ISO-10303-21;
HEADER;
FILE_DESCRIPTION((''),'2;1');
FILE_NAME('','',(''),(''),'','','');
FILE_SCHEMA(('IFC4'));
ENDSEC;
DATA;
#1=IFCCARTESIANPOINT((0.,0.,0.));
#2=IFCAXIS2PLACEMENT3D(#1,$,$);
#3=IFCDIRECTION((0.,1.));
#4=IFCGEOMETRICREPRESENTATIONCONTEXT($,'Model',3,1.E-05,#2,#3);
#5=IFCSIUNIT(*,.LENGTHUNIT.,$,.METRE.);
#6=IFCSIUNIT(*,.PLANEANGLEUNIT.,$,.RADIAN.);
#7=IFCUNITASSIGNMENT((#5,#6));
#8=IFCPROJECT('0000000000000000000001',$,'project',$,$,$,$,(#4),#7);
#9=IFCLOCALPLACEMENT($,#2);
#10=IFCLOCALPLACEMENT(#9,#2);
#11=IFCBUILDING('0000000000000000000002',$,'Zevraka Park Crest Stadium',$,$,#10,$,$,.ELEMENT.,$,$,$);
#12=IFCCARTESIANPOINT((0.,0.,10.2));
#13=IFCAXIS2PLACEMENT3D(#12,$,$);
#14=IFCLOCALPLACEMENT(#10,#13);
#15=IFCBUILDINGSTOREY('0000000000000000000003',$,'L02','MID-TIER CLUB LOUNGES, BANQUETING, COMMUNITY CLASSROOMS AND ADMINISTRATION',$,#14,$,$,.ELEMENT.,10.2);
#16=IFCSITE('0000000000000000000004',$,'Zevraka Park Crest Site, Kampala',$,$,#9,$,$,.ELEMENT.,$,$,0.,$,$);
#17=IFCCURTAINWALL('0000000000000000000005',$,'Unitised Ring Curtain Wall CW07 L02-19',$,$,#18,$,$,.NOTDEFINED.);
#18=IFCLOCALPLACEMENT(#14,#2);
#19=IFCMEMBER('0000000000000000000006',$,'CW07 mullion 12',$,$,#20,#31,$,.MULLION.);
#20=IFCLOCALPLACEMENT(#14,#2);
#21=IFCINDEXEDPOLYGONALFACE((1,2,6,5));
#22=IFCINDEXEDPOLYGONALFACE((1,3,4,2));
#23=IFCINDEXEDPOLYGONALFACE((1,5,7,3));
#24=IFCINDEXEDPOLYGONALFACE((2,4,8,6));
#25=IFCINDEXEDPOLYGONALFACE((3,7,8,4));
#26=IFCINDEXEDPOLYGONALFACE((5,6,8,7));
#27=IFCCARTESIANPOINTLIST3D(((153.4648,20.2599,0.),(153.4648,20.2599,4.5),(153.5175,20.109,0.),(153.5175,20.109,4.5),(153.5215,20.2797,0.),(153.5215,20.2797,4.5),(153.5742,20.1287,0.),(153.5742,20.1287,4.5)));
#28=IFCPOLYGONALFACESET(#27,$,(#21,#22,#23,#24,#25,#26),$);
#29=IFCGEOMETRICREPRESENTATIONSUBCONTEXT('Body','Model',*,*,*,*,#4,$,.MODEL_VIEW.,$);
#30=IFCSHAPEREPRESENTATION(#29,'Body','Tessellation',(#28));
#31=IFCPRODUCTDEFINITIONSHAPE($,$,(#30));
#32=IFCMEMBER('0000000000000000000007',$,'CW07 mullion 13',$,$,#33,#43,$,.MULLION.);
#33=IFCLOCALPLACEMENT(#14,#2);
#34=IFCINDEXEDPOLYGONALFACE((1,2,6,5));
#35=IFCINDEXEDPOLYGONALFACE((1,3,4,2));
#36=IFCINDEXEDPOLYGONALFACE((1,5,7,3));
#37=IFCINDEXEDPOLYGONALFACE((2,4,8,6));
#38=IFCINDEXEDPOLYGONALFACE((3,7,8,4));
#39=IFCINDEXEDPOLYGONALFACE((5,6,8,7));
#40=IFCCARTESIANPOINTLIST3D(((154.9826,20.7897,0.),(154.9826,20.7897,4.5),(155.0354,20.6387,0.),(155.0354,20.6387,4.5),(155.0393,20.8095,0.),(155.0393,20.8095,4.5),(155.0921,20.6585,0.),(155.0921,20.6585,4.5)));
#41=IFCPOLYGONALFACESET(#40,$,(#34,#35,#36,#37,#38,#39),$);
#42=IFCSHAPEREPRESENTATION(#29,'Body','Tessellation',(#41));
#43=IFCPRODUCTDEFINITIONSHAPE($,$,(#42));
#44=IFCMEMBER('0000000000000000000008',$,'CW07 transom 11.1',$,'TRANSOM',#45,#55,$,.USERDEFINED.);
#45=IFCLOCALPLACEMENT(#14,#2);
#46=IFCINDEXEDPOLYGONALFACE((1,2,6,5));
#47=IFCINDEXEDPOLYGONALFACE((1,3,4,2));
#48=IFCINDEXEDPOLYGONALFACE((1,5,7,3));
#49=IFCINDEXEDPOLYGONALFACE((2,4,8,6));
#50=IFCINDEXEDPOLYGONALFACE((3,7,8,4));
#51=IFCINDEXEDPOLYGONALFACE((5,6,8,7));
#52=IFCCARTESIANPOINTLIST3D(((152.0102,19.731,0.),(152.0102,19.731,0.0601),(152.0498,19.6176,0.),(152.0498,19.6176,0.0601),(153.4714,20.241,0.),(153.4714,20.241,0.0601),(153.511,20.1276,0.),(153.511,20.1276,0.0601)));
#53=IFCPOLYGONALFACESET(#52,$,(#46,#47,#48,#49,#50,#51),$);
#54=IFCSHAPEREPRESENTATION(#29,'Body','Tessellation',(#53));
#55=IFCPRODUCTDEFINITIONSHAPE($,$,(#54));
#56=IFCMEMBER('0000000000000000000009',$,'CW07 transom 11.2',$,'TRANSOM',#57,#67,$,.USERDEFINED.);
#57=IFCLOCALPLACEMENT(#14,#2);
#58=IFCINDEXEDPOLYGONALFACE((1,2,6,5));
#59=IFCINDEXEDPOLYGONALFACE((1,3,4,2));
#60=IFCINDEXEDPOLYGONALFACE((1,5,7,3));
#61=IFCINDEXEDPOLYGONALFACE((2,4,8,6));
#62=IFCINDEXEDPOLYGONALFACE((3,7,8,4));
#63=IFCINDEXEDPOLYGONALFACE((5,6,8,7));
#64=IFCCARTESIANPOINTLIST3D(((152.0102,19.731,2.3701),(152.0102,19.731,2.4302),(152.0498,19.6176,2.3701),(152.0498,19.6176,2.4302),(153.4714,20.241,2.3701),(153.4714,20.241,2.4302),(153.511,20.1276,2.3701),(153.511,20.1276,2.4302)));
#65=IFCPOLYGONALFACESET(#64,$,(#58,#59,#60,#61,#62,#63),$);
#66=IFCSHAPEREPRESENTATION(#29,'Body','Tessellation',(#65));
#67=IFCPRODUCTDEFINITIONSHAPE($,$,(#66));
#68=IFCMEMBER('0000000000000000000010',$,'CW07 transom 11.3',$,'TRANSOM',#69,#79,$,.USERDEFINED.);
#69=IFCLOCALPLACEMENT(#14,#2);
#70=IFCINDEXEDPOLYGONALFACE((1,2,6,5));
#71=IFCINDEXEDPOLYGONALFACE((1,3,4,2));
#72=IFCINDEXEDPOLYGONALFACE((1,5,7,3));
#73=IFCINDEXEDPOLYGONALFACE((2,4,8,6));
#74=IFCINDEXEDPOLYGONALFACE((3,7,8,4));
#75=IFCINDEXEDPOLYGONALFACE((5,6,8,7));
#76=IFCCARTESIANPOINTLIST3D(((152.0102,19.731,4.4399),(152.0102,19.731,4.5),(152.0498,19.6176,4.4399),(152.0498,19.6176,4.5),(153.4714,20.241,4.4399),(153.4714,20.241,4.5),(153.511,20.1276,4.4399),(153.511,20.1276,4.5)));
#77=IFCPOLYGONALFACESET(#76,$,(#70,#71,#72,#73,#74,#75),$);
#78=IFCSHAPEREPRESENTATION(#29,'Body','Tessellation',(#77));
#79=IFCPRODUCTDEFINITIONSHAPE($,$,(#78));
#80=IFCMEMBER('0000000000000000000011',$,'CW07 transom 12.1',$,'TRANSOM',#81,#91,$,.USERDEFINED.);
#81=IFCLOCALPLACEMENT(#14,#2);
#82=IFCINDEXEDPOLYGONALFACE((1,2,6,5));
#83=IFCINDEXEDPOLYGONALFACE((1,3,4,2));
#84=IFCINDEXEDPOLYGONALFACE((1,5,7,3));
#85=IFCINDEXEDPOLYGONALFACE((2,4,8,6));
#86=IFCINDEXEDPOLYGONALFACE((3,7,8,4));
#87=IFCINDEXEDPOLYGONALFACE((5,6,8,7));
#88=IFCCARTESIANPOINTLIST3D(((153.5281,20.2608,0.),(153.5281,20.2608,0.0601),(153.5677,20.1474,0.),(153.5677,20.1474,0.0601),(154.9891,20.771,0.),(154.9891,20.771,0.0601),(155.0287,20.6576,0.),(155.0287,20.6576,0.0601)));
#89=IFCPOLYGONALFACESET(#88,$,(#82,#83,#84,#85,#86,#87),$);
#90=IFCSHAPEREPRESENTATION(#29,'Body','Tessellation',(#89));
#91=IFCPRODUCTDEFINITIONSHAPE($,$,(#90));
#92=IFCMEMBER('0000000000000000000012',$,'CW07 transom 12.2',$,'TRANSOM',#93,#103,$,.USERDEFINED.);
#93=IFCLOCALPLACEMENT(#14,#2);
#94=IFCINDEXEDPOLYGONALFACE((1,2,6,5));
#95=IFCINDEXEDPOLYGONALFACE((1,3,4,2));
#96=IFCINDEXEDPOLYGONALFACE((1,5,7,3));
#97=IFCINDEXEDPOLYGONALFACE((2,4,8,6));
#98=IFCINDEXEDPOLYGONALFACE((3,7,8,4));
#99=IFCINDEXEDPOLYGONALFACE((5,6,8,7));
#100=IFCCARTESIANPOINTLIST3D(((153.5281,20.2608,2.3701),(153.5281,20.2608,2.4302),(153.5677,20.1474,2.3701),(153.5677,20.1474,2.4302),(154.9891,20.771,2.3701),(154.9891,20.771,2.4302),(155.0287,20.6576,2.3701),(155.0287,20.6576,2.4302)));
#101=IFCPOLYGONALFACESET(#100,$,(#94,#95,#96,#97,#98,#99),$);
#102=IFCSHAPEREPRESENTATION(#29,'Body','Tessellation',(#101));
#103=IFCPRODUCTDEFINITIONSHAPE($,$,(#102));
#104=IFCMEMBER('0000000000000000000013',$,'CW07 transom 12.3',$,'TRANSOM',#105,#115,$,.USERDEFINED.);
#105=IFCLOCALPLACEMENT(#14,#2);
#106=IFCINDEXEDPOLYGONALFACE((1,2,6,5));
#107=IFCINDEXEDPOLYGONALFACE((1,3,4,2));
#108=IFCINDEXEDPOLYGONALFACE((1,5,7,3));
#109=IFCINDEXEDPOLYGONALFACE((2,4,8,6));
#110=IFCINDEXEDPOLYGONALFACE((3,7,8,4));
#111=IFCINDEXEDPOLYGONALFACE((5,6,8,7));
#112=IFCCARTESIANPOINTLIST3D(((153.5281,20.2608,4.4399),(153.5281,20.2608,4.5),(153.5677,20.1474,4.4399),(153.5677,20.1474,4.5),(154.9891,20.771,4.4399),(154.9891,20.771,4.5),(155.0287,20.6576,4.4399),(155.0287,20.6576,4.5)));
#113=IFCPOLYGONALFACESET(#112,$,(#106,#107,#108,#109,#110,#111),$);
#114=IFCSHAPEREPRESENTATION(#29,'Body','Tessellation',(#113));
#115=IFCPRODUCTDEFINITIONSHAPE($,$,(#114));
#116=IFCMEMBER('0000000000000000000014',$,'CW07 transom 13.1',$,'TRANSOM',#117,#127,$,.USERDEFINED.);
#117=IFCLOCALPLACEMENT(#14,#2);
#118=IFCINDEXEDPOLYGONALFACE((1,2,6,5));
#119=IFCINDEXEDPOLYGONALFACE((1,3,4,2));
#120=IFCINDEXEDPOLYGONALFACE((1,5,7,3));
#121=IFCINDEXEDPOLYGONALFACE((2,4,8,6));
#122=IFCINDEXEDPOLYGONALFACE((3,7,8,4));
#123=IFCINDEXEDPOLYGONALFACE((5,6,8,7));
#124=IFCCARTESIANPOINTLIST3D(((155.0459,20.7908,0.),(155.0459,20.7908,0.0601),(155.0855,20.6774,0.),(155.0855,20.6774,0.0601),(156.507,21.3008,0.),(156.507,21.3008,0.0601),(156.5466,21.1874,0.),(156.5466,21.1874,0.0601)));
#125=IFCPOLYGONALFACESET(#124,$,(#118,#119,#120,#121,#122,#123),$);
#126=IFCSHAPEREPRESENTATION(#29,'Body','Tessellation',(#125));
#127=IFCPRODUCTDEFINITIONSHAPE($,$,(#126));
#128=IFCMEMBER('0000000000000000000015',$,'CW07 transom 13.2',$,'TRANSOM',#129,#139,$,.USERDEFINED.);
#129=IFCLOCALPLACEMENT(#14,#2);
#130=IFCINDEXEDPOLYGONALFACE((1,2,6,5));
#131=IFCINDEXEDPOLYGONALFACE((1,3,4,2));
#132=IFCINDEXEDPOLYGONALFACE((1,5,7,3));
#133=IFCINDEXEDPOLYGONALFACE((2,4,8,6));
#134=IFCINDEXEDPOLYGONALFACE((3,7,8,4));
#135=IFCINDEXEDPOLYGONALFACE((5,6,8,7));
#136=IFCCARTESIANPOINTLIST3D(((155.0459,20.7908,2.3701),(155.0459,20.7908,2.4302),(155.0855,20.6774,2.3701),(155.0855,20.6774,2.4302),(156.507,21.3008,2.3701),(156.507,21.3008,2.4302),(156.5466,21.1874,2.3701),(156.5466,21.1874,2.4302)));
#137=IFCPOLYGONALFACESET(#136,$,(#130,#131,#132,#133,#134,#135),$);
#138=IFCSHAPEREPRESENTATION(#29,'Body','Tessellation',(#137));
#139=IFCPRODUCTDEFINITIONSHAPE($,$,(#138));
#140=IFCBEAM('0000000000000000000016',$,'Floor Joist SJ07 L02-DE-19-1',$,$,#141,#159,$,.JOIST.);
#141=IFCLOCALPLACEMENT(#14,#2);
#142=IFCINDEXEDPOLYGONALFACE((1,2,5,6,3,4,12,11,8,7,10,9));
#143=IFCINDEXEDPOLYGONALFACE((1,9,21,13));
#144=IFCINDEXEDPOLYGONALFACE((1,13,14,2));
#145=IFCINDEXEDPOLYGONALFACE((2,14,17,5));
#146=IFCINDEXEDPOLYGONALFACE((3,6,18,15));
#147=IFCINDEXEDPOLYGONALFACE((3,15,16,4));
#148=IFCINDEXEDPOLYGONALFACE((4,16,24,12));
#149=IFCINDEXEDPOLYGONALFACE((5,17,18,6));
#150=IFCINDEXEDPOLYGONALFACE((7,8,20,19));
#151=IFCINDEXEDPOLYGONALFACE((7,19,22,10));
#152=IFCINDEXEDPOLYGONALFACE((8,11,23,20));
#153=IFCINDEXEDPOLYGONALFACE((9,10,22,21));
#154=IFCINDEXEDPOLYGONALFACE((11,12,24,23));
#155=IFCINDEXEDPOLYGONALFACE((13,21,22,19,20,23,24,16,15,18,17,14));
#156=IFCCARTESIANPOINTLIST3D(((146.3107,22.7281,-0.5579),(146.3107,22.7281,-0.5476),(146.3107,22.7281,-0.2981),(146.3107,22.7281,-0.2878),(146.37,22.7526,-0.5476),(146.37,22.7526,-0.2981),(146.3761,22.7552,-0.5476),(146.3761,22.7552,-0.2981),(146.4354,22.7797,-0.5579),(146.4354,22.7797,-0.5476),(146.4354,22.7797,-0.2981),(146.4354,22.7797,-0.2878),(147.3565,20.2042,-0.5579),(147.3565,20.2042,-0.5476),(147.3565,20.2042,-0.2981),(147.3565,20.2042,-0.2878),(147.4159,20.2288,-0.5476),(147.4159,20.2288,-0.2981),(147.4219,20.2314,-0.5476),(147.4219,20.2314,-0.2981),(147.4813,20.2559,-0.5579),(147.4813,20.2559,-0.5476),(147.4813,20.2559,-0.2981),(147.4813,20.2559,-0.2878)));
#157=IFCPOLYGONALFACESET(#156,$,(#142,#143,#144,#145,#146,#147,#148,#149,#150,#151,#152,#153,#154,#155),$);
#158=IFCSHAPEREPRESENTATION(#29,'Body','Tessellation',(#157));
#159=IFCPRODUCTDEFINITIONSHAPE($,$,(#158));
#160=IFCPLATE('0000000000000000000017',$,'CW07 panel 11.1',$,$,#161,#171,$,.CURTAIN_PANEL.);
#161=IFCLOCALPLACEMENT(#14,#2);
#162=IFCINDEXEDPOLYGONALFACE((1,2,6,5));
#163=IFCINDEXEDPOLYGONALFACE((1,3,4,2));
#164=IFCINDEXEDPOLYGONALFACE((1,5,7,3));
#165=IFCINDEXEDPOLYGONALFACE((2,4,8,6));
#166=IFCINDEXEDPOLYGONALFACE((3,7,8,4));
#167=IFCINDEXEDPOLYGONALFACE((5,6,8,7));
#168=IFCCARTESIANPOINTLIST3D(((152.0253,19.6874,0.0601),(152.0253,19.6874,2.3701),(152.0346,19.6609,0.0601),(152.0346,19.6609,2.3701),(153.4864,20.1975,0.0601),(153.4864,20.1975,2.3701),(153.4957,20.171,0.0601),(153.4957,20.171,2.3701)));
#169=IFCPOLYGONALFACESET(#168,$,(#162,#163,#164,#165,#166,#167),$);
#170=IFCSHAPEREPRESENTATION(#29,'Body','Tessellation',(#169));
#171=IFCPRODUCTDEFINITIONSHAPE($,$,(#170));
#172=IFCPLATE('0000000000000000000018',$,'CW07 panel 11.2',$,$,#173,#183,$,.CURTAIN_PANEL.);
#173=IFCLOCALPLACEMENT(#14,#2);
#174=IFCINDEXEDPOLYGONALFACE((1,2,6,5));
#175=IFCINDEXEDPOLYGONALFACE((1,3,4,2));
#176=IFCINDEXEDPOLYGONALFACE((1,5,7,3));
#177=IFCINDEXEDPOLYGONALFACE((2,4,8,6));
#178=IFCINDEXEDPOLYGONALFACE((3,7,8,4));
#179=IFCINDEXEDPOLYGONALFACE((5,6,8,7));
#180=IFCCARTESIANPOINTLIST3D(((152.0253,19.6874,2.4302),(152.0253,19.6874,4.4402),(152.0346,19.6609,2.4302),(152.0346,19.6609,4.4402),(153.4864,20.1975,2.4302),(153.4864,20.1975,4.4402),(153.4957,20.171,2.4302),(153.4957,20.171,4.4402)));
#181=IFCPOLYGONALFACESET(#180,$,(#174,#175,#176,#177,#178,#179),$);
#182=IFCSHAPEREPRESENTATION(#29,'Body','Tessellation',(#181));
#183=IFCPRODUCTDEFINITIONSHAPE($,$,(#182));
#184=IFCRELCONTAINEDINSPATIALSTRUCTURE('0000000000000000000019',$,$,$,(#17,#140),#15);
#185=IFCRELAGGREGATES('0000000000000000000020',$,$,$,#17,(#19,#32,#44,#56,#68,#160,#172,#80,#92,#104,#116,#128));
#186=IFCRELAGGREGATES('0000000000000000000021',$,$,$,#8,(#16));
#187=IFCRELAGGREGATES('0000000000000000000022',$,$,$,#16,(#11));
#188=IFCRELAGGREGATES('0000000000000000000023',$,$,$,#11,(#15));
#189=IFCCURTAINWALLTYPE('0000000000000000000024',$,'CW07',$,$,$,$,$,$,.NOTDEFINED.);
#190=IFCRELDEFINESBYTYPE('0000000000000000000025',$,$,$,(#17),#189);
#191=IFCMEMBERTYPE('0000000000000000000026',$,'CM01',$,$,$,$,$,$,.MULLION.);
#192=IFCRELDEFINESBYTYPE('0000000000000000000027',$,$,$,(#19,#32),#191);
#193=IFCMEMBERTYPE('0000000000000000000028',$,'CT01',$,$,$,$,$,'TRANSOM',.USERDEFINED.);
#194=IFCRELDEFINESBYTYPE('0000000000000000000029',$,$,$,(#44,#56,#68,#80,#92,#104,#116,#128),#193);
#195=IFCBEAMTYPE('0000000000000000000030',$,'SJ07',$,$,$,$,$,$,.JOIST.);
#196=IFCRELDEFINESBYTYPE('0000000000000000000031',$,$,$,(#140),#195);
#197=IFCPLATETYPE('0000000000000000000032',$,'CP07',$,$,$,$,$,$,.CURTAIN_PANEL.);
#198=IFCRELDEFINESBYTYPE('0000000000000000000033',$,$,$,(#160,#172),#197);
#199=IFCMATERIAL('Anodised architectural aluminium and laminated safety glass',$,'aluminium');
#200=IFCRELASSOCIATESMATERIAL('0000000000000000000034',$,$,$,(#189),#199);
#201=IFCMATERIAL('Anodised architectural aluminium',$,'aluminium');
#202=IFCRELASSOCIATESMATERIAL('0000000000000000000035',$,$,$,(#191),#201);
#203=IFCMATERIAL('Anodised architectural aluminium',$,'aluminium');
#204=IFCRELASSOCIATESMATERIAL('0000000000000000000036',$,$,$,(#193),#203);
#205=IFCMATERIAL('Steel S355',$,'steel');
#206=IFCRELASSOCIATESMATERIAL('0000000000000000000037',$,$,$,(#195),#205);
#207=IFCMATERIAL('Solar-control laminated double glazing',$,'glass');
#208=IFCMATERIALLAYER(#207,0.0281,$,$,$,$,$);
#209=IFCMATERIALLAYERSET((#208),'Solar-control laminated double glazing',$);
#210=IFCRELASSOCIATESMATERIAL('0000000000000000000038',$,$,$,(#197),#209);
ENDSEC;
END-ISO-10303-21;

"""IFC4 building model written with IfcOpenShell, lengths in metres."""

from ifc_helpers import new_model, si_unit, direction, frame, origin, origin_2d, place, context, subcontext, project, spatial, rectangle, i_section, extrude, material, layer, layer_set, material_profile, profile_set, type_object, element, aggregate, save


model = new_model("IFC4")

# Units and contexts
model_context = context("Model", 3, precision=1e-05, world=origin(), true_north=direction((0.0, 1.0)))
body_context = subcontext(model_context, "Body", "Model", "MODEL_VIEW")
ifc_project = project(units=[si_unit("LENGTHUNIT", "METRE"), si_unit("PLANEANGLEUNIT", "RADIAN")], contexts=[model_context])

# Site, building, storey
site_placement = place(None, origin())
site = spatial("IfcSite", under=ifc_project, at=site_placement, Name="Zevraka Park Crest Site, Kampala", CompositionType="ELEMENT", RefElevation=0.0)
building_placement = place(site_placement, origin())
building = spatial("IfcBuilding", under=site, at=building_placement, Name="Zevraka Park Crest Stadium", CompositionType="ELEMENT")
storey_placement = place(building_placement, frame((0.0, 0.0, 10.2)))
storey = spatial("IfcBuildingStorey", under=building, at=storey_placement, Name="L02", Description="MID-TIER CLUB LOUNGES, BANQUETING, COMMUNITY CLASSROOMS AND ADMINISTRATION", CompositionType="ELEMENT", Elevation=10.2)

# Curtain wall, members
ifc_material_1 = material(Name="Anodised architectural aluminium and laminated safety glass", Category="aluminium")
curtain_wall_type = type_object("IfcCurtainWallType", Name="CW07", PredefinedType="NOTDEFINED", material=ifc_material_1)
curtain_wall_placement = place(storey_placement, origin())
curtain_wall = element("IfcCurtainWall", 1, at=curtain_wall_placement, inside=storey, type_object=curtain_wall_type, Name="Unitised Ring Curtain Wall CW07 L02-19", PredefinedType="NOTDEFINED")
ifc_material_2 = material(Name="Anodised architectural aluminium", Category="aluminium")
ifc_material_profile_1 = material_profile(ifc_material_2, rectangle(XDim=0.1599, YDim=0.0601, at=origin_2d()), Name="ALU MULLION 160x60")
ifc_profile_set_1 = profile_set([ifc_material_profile_1], Name="Anodised architectural aluminium")
member_type_1 = type_object("IfcMemberType", Name="CM01", PredefinedType="MULLION", material=ifc_profile_set_1)
member_1_placement = place(storey_placement, frame((153.5195, 20.1943, 0.0), z_axis=(0.0, 0.0, 1.0), x_axis=(-0.329619, 0.944114, 0.0)))
member_1 = element("IfcMember", 2, at=member_1_placement, type_object=member_type_1, Name="CW07 mullion 12", PredefinedType="MULLION", context=body_context, shape_type="SweptSolid", body=[
    extrude(rectangle(XDim=0.1599, YDim=0.0601, at=origin_2d()), origin(), (0.0, 0.0, 1.0), 4.5),
])
member_2_placement = place(storey_placement, frame((155.0374, 20.7241, 0.0), z_axis=(0.0, 0.0, 1.0), x_axis=(-0.329619, 0.944114, 0.0)))
member_2 = element("IfcMember", 3, at=member_2_placement, type_object=member_type_1, Name="CW07 mullion 13", PredefinedType="MULLION", context=body_context, shape_type="SweptSolid", body=[
    extrude(rectangle(XDim=0.1599, YDim=0.0601, at=origin_2d()), origin(), (0.0, 0.0, 1.0), 4.5),
])
ifc_material_3 = material(Name="Anodised architectural aluminium", Category="aluminium")
ifc_material_profile_2 = material_profile(ifc_material_3, rectangle(XDim=0.1201, YDim=0.0601, at=origin_2d()), Name="ALU TRANSOM 120x60")
ifc_profile_set_2 = profile_set([ifc_material_profile_2], Name="Anodised architectural aluminium")
member_type_2 = type_object("IfcMemberType", Name="CT01", ElementType="TRANSOM", PredefinedType="USERDEFINED", material=ifc_profile_set_2)
member_3_placement = place(storey_placement, frame((152.03, 19.6743, 0.03), z_axis=(0.944141, 0.329542, 0.0), x_axis=(-0.329542, 0.944141, 0.0)))
member_3 = element("IfcMember", 4, at=member_3_placement, type_object=member_type_2, Name="CW07 transom 11.1", ObjectType="TRANSOM", PredefinedType="USERDEFINED", context=body_context, shape_type="SweptSolid", body=[
    extrude(rectangle(XDim=0.1201, YDim=0.0601, at=origin_2d()), origin(), (0.0, 0.0, 1.0), 1.5476),
])
member_4_placement = place(storey_placement, frame((152.03, 19.6743, 2.4001), z_axis=(0.944141, 0.329542, 0.0), x_axis=(-0.329542, 0.944141, 0.0)))
member_4 = element("IfcMember", 5, at=member_4_placement, type_object=member_type_2, Name="CW07 transom 11.2", ObjectType="TRANSOM", PredefinedType="USERDEFINED", context=body_context, shape_type="SweptSolid", body=[
    extrude(rectangle(XDim=0.1201, YDim=0.0601, at=origin_2d()), origin(), (0.0, 0.0, 1.0), 1.5476),
])
member_5_placement = place(storey_placement, frame((152.03, 19.6743, 4.47), z_axis=(0.944141, 0.329542, 0.0), x_axis=(-0.329542, 0.944141, 0.0)))
member_5 = element("IfcMember", 6, at=member_5_placement, type_object=member_type_2, Name="CW07 transom 11.3", ObjectType="TRANSOM", PredefinedType="USERDEFINED", context=body_context, shape_type="SweptSolid", body=[
    extrude(rectangle(XDim=0.1201, YDim=0.0601, at=origin_2d()), origin(), (0.0, 0.0, 1.0), 1.5476),
])
member_6_placement = place(storey_placement, frame((153.5479, 20.2041, 0.03), z_axis=(0.944092, 0.329683, 0.0), x_axis=(-0.329683, 0.944092, 0.0)))
member_6 = element("IfcMember", 7, at=member_6_placement, type_object=member_type_2, Name="CW07 transom 12.1", ObjectType="TRANSOM", PredefinedType="USERDEFINED", context=body_context, shape_type="SweptSolid", body=[
    extrude(rectangle(XDim=0.1201, YDim=0.0601, at=origin_2d()), origin(), (0.0, 0.0, 1.0), 1.5476),
])
member_7_placement = place(storey_placement, frame((153.5479, 20.2041, 2.4001), z_axis=(0.944092, 0.329683, 0.0), x_axis=(-0.329683, 0.944092, 0.0)))
member_7 = element("IfcMember", 8, at=member_7_placement, type_object=member_type_2, Name="CW07 transom 12.2", ObjectType="TRANSOM", PredefinedType="USERDEFINED", context=body_context, shape_type="SweptSolid", body=[
    extrude(rectangle(XDim=0.1201, YDim=0.0601, at=origin_2d()), origin(), (0.0, 0.0, 1.0), 1.5476),
])
member_8_placement = place(storey_placement, frame((153.5479, 20.2041, 4.47), z_axis=(0.944092, 0.329683, 0.0), x_axis=(-0.329683, 0.944092, 0.0)))
member_8 = element("IfcMember", 9, at=member_8_placement, type_object=member_type_2, Name="CW07 transom 12.3", ObjectType="TRANSOM", PredefinedType="USERDEFINED", context=body_context, shape_type="SweptSolid", body=[
    extrude(rectangle(XDim=0.1201, YDim=0.0601, at=origin_2d()), origin(), (0.0, 0.0, 1.0), 1.5476),
])
member_9_placement = place(storey_placement, frame((155.0657, 20.7341, 0.03), z_axis=(0.944141, 0.329542, 0.0), x_axis=(-0.329542, 0.944141, 0.0)))
member_9 = element("IfcMember", 10, at=member_9_placement, type_object=member_type_2, Name="CW07 transom 13.1", ObjectType="TRANSOM", PredefinedType="USERDEFINED", context=body_context, shape_type="SweptSolid", body=[
    extrude(rectangle(XDim=0.1201, YDim=0.0601, at=origin_2d()), origin(), (0.0, 0.0, 1.0), 1.5476),
])
member_10_placement = place(storey_placement, frame((155.0657, 20.7341, 2.4001), z_axis=(0.944141, 0.329542, 0.0), x_axis=(-0.329542, 0.944141, 0.0)))
member_10 = element("IfcMember", 11, at=member_10_placement, type_object=member_type_2, Name="CW07 transom 13.2", ObjectType="TRANSOM", PredefinedType="USERDEFINED", context=body_context, shape_type="SweptSolid", body=[
    extrude(rectangle(XDim=0.1201, YDim=0.0601, at=origin_2d()), origin(), (0.0, 0.0, 1.0), 1.5476),
])

# Beam
ifc_material_4 = material(Name="Steel S355", Category="steel")
ifc_material_profile_3 = material_profile(ifc_material_4, i_section(OverallWidth=0.135, OverallDepth=0.27, WebThickness=0.0066, FlangeThickness=0.0103, at=origin_2d()), Name="IPE 270")
ifc_profile_set_3 = profile_set([ifc_material_profile_3], Name="Steel S355")
beam_type = type_object("IfcBeamType", Name="SJ07", PredefinedType="JOIST", material=ifc_profile_set_3)
beam_placement = place(storey_placement, frame((146.373, 22.7539, -0.4229), z_axis=(0.382825, -0.923821, 0.0), x_axis=(0.923821, 0.382825, 0.0)))
element("IfcBeam", 12, at=beam_placement, inside=storey, type_object=beam_type, Name="Floor Joist SJ07 L02-DE-19-1", PredefinedType="JOIST", context=body_context, shape_type="SweptSolid", body=[
    extrude(i_section(OverallWidth=0.135, OverallDepth=0.27, WebThickness=0.0066, FlangeThickness=0.0103, at=origin_2d()), origin(), (0.0, 0.0, 1.0), 2.7319),
])

# Plates
ifc_material_5 = material(Name="Solar-control laminated double glazing", Category="glass")
ifc_layer_1 = layer(ifc_material_5, 0.0281)
ifc_layer_set_1 = layer_set([ifc_layer_1], Name="Solar-control laminated double glazing")
plate_type = type_object("IfcPlateType", Name="CP07", PredefinedType="CURTAIN_PANEL", material=ifc_layer_set_1)
plate_1_placement = place(storey_placement, frame((152.7605, 19.9292, 0.0601), z_axis=(0.0, 0.0, 1.0), x_axis=(0.944114, 0.329619, 0.0)))
plate_1 = element("IfcPlate", 13, at=plate_1_placement, type_object=plate_type, Name="CW07 panel 11.1", PredefinedType="CURTAIN_PANEL", context=body_context, shape_type="SweptSolid", body=[
    extrude(rectangle(XDim=1.5476, YDim=0.0281, at=origin_2d()), origin(), (0.0, 0.0, 1.0), 2.3101),
])
plate_2_placement = place(storey_placement, frame((152.7605, 19.9292, 2.4302), z_axis=(0.0, 0.0, 1.0), x_axis=(0.944114, 0.329619, 0.0)))
plate_2 = element("IfcPlate", 14, at=plate_2_placement, type_object=plate_type, Name="CW07 panel 11.2", PredefinedType="CURTAIN_PANEL", context=body_context, shape_type="SweptSolid", body=[
    extrude(rectangle(XDim=1.5476, YDim=0.0281, at=origin_2d()), origin(), (0.0, 0.0, 1.0), 2.01),
])
aggregate(curtain_wall, [member_1, member_2, member_3, member_4, member_5, plate_1, plate_2, member_6, member_7, member_8, member_9, member_10])

save(model, "model.ifc")
